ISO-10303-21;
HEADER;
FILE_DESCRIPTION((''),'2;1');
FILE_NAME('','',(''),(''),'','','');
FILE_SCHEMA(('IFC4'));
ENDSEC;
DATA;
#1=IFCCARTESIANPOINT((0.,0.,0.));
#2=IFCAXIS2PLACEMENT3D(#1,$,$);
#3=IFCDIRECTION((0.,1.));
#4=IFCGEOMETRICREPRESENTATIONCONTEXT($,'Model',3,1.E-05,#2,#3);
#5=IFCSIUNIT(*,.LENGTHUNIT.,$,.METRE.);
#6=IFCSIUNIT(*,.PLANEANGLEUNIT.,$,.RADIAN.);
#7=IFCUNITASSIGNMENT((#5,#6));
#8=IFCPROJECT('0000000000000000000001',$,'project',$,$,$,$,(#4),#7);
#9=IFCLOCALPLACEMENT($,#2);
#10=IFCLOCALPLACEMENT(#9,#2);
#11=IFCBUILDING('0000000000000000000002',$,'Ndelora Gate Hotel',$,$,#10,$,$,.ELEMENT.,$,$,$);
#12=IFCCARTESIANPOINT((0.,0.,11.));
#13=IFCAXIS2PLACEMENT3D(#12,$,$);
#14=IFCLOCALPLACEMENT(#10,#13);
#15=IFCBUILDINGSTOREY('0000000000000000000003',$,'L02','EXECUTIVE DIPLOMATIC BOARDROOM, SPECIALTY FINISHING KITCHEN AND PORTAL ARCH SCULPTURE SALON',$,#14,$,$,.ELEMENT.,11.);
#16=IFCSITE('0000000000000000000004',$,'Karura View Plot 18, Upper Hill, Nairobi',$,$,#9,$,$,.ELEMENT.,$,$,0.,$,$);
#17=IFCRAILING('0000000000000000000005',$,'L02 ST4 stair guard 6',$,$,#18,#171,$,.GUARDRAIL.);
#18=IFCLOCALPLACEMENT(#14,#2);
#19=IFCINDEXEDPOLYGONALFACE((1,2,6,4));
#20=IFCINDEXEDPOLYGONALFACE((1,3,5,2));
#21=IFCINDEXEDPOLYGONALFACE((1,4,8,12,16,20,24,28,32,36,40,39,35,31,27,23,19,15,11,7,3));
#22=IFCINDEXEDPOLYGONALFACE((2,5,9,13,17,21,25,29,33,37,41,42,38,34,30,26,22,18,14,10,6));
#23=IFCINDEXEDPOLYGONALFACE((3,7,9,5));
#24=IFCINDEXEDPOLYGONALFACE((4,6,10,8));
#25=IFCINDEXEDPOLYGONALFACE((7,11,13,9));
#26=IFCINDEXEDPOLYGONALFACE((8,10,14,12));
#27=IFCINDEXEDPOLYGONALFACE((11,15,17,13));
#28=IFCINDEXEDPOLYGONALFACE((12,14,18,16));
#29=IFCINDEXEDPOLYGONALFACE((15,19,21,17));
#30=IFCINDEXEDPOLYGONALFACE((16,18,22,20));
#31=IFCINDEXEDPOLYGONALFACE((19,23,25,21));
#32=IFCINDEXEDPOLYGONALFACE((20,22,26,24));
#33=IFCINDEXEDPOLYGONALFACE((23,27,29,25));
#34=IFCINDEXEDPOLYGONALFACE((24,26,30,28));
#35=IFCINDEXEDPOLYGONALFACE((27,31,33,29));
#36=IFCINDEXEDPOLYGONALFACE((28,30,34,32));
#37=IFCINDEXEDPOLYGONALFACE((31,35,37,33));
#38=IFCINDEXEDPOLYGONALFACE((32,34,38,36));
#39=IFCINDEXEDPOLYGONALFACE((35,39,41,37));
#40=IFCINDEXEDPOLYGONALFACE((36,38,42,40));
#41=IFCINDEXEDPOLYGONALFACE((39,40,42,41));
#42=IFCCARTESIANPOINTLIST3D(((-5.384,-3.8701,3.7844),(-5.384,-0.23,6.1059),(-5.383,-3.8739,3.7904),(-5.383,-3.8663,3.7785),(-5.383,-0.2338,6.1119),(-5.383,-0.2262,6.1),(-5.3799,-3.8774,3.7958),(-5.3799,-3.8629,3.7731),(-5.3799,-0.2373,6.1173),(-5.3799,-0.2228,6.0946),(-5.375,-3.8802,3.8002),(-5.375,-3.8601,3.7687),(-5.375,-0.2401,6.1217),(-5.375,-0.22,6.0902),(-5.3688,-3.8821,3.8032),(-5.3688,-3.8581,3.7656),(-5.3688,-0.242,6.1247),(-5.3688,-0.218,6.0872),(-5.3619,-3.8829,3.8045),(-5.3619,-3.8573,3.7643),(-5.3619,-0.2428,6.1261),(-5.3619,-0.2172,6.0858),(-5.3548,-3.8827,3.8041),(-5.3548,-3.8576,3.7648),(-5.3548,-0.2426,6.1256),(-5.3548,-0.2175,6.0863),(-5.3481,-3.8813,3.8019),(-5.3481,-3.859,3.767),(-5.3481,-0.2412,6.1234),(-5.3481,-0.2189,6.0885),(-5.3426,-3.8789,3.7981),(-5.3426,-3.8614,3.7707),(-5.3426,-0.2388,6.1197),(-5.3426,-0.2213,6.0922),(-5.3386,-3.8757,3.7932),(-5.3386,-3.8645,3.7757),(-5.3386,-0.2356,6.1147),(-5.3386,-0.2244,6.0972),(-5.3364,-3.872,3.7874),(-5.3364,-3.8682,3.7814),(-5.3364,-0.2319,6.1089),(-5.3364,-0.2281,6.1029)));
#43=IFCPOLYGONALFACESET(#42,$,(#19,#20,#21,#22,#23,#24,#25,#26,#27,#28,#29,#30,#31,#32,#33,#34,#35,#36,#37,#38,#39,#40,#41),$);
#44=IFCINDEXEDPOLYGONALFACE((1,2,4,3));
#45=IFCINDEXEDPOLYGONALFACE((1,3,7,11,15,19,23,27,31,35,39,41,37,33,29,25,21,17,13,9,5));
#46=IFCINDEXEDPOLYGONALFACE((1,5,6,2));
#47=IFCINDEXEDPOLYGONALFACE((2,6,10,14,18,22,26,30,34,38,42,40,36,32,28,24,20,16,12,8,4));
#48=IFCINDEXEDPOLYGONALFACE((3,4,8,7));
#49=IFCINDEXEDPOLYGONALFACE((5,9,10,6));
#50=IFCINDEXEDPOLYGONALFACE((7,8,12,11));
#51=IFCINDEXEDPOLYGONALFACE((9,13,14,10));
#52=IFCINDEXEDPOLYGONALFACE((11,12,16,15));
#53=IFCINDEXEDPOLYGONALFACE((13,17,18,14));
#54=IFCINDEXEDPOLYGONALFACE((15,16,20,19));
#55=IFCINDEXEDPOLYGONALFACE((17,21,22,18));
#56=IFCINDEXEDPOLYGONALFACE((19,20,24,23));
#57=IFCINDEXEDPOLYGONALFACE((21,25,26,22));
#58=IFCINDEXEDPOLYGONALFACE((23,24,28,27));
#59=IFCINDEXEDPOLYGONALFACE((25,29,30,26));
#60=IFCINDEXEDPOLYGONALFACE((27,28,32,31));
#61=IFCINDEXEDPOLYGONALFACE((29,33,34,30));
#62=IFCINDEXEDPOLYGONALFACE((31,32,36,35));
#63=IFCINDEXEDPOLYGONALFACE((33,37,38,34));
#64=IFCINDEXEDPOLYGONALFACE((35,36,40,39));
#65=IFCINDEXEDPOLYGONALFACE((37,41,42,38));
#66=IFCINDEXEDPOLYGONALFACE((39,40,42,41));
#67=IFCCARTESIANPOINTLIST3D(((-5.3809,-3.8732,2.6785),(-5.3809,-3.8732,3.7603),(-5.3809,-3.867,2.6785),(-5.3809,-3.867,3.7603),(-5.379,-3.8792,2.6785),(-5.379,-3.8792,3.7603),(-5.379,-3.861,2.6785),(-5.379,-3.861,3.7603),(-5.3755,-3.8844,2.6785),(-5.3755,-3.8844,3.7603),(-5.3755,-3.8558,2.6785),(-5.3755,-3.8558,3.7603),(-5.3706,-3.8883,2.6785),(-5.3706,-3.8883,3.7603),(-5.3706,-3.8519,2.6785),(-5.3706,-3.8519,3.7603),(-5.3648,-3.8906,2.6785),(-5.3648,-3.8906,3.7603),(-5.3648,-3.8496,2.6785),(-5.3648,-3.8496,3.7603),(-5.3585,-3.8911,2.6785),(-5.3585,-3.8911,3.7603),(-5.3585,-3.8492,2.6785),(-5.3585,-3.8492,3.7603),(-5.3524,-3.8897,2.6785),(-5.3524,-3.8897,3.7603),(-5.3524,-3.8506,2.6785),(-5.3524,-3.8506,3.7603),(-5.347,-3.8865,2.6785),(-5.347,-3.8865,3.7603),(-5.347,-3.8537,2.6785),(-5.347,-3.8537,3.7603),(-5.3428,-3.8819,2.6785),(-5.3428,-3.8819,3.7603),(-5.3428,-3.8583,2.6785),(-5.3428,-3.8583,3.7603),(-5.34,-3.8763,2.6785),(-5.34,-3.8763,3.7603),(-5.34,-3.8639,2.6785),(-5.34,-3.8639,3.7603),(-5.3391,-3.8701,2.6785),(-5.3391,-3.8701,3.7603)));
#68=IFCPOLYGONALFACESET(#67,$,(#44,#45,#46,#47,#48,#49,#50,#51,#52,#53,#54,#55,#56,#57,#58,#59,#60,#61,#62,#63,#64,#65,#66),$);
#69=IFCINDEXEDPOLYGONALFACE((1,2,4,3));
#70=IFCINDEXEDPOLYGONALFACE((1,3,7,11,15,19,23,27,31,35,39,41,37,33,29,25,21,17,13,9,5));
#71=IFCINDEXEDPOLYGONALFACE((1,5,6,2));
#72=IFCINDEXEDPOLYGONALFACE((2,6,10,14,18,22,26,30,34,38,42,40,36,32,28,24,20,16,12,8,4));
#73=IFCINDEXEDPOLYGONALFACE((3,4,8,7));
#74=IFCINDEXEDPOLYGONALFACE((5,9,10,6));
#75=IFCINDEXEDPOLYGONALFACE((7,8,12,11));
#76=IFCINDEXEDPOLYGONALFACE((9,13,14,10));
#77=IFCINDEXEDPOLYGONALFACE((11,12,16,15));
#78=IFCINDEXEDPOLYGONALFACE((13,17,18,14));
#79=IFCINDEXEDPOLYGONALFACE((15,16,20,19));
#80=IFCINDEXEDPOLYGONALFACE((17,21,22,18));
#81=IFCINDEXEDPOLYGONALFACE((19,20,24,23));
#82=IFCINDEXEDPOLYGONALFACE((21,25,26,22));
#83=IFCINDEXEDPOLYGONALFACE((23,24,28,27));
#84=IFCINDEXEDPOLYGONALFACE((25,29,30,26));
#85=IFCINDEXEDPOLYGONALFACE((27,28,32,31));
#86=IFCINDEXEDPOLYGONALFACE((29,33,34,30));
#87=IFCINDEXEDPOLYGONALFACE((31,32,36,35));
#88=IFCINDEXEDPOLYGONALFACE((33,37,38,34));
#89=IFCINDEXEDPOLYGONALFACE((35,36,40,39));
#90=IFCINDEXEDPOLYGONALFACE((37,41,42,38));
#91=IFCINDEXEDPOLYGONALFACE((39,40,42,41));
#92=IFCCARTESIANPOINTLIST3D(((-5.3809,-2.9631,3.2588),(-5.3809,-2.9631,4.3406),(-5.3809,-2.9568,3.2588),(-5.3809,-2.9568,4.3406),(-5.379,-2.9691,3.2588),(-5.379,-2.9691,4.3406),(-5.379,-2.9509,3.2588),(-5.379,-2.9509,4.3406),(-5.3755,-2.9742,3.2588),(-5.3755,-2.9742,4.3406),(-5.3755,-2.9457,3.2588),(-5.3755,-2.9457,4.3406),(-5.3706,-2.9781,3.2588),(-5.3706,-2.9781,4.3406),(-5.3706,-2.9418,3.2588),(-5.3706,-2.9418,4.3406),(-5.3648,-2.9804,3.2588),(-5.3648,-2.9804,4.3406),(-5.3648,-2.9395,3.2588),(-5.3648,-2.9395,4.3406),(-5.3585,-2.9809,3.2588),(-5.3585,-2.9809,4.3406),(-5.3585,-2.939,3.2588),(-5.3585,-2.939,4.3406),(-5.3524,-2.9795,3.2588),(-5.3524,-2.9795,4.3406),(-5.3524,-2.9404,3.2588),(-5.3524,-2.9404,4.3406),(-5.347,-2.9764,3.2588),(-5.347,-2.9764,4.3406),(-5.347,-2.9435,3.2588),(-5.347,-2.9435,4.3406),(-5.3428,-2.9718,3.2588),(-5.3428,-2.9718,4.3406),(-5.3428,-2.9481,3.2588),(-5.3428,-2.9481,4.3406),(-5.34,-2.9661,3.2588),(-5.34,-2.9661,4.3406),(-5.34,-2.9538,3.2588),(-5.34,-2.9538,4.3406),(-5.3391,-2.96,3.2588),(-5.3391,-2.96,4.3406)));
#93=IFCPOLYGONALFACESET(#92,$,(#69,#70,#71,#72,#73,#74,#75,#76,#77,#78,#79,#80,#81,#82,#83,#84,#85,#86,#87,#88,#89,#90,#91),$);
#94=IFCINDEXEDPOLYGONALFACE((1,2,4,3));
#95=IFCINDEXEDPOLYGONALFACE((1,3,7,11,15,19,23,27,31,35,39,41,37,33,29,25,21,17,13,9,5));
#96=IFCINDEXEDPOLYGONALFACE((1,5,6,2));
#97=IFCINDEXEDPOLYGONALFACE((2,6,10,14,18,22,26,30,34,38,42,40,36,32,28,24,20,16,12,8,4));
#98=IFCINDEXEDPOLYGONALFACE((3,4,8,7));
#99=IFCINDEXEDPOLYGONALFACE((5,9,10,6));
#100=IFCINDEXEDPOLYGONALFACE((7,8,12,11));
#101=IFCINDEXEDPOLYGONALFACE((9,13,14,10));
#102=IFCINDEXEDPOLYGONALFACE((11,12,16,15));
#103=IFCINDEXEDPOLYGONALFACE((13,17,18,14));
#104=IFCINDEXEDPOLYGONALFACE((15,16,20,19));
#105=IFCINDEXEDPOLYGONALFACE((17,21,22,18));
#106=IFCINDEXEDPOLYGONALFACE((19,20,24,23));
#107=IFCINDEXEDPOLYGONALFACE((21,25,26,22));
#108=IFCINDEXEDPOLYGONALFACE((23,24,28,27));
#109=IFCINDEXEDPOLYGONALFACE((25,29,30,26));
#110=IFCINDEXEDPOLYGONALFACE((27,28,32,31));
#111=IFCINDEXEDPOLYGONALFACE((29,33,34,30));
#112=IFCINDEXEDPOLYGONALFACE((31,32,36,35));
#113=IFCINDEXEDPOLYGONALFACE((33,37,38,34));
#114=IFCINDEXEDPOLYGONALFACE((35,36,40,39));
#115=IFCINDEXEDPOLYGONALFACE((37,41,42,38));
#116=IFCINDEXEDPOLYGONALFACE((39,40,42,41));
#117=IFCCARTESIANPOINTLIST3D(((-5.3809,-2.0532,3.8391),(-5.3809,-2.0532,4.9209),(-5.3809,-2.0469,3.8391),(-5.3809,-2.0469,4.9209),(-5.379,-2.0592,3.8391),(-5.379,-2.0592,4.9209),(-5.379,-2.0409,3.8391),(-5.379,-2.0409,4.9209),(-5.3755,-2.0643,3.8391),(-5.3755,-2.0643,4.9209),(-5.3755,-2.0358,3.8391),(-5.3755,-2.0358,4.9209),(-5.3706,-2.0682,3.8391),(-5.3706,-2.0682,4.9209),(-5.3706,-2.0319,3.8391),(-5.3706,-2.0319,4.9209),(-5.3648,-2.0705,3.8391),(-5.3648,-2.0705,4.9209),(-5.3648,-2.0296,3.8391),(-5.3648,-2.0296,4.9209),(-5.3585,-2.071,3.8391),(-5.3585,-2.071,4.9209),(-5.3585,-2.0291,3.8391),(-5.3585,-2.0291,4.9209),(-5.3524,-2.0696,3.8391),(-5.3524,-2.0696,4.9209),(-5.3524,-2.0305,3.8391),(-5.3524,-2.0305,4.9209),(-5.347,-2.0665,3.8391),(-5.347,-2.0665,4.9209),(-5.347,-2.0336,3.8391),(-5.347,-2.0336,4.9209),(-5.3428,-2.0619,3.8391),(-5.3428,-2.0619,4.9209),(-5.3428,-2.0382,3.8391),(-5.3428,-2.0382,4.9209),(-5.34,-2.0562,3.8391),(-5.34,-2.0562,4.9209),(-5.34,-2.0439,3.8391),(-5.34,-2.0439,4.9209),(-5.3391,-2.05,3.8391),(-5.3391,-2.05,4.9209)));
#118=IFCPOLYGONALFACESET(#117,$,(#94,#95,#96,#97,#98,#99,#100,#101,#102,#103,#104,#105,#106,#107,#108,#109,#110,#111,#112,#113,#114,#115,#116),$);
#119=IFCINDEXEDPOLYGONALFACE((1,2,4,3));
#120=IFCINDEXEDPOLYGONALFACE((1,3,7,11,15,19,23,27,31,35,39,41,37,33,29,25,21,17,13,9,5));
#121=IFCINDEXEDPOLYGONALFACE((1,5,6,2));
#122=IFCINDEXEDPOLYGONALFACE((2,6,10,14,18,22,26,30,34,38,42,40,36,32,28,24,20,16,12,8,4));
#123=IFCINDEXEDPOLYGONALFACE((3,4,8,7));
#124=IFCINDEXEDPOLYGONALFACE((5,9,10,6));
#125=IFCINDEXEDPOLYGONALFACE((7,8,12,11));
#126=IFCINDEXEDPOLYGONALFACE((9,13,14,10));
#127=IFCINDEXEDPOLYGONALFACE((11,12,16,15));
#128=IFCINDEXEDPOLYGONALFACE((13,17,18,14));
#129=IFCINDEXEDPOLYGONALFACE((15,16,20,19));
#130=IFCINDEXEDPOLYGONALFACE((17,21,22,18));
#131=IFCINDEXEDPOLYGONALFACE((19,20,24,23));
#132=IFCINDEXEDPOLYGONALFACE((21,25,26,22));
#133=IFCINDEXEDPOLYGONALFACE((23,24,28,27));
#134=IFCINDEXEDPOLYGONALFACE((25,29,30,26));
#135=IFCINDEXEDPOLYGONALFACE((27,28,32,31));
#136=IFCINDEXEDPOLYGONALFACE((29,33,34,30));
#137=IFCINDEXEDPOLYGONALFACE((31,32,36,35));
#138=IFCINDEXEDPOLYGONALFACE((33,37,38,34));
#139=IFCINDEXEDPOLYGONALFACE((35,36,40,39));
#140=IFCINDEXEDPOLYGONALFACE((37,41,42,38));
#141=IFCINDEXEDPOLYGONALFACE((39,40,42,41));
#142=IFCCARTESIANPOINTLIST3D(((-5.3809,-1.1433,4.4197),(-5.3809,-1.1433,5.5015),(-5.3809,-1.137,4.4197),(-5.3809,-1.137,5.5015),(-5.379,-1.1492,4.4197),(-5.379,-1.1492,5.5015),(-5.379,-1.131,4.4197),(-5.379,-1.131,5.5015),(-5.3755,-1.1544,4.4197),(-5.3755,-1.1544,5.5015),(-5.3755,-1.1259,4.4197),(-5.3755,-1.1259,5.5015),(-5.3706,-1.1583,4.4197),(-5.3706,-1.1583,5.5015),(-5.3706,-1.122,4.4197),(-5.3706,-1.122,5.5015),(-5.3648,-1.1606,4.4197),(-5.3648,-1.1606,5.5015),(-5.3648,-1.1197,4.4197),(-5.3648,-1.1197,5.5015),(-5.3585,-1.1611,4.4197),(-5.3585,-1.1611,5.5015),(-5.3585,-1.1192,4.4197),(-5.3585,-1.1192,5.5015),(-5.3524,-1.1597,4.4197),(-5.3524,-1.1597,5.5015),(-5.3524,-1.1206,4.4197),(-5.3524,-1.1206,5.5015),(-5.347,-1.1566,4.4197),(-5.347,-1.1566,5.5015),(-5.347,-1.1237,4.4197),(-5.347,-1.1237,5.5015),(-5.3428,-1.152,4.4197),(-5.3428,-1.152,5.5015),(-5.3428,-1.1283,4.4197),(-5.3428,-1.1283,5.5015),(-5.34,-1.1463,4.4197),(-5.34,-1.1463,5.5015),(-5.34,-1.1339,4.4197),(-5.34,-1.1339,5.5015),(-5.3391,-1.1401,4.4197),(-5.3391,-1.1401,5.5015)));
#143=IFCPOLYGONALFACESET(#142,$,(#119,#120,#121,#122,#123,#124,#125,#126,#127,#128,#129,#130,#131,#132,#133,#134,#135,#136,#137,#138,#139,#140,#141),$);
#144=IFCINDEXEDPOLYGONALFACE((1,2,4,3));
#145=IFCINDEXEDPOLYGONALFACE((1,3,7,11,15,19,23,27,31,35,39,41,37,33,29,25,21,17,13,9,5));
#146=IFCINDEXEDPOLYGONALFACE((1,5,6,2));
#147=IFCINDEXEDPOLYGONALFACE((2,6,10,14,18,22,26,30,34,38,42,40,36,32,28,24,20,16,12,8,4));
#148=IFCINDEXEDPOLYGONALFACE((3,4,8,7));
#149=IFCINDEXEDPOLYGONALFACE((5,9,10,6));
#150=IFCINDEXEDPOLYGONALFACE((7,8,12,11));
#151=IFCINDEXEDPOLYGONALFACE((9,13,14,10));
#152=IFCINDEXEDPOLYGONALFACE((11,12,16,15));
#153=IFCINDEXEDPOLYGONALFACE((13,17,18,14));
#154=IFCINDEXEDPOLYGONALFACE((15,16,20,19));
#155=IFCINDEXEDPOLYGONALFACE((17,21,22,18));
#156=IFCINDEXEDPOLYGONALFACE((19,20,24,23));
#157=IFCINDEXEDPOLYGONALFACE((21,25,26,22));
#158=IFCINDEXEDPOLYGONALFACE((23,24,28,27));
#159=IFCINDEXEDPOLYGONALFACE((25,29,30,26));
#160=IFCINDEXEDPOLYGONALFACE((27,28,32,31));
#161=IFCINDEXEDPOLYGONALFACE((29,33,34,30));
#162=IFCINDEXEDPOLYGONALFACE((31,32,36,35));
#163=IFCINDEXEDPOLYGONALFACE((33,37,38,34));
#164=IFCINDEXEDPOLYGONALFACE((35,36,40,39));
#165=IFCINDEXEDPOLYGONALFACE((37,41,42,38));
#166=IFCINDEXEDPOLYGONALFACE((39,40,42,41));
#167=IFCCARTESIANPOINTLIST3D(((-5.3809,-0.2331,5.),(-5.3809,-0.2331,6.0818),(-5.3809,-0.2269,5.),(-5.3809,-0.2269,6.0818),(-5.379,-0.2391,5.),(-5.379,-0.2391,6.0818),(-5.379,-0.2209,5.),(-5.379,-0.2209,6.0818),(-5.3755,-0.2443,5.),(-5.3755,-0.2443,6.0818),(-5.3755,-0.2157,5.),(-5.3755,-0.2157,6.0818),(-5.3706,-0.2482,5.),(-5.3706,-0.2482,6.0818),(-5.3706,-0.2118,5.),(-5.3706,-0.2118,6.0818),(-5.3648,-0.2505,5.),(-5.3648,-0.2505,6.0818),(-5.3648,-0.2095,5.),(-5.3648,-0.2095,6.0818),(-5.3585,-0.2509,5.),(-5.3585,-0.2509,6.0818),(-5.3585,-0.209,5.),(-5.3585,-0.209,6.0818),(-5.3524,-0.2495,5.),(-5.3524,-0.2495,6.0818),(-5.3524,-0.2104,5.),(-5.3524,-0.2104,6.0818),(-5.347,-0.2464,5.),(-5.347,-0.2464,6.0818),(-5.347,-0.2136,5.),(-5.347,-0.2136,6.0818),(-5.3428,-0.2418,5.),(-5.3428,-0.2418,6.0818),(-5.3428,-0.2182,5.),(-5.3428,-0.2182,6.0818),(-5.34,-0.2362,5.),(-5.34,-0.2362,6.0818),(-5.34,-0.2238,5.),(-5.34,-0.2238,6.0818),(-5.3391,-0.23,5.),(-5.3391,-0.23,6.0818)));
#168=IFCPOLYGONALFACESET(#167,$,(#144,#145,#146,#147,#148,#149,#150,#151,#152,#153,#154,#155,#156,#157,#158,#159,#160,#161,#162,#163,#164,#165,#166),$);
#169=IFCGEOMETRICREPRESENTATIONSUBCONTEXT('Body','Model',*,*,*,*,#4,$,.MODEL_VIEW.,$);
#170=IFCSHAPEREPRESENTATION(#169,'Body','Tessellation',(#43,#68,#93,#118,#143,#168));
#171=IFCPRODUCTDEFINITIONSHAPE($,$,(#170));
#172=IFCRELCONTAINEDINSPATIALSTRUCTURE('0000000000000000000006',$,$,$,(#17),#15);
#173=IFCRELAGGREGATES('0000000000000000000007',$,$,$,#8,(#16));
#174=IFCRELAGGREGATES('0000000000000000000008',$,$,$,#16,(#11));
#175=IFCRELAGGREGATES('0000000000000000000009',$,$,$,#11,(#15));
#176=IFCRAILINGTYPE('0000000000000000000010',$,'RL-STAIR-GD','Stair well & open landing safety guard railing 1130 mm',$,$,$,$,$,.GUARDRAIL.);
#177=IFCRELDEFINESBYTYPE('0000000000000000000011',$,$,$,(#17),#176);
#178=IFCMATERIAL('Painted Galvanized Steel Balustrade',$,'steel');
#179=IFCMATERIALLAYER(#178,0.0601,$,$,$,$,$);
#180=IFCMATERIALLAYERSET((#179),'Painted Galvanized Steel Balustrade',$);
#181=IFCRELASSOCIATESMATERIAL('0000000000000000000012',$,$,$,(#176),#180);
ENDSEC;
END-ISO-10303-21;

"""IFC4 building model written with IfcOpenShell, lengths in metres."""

from ifc_helpers import new_model, si_unit, direction, frame, origin, origin_2d, place, context, subcontext, project, spatial, circle, extrude, material, layer, layer_set, type_object, element, save


model = new_model("IFC4")

# Units and contexts
model_context = context("Model", 3, precision=1e-05, world=origin(), true_north=direction((0.0, 1.0)))
body_context = subcontext(model_context, "Body", "Model", "MODEL_VIEW")
ifc_project = project(units=[si_unit("LENGTHUNIT", "METRE"), si_unit("PLANEANGLEUNIT", "RADIAN")], contexts=[model_context])

# Site, building, storey
site_placement = place(None, origin())
site = spatial("IfcSite", under=ifc_project, at=site_placement, Name="Karura View Plot 18, Upper Hill, Nairobi", CompositionType="ELEMENT", RefElevation=0.0)
building_placement = place(site_placement, origin())
building = spatial("IfcBuilding", under=site, at=building_placement, Name="Ndelora Gate Hotel", CompositionType="ELEMENT")
storey_placement = place(building_placement, frame((0.0, 0.0, 11.0)))
storey = spatial("IfcBuildingStorey", under=building, at=storey_placement, Name="L02", Description="EXECUTIVE DIPLOMATIC BOARDROOM, SPECIALTY FINISHING KITCHEN AND PORTAL ARCH SCULPTURE SALON", CompositionType="ELEMENT", Elevation=11.0)

# Railing
ifc_material_1 = material(Name="Painted Galvanized Steel Balustrade", Category="steel")
ifc_layer_1 = layer(ifc_material_1, 0.0601)
ifc_layer_set_1 = layer_set([ifc_layer_1], Name="Painted Galvanized Steel Balustrade")
railing_type_1 = type_object("IfcRailingType", Name="RL-STAIR-GD", Description="Stair well & open landing safety guard railing 1130 mm", PredefinedType="GUARDRAIL", material=ifc_layer_set_1)
railing_1_placement = place(storey_placement, frame((-5.3601, -3.8701, 2.6785)))
element("IfcRailing", 1, at=railing_1_placement, inside=storey, type_object=railing_type_1, Name="L02 ST4 stair guard 6", PredefinedType="GUARDRAIL", context=body_context, shape_type="SweptSolid", body=[
    extrude(circle(Radius=0.0239, at=origin_2d()), frame((0.0, 0.0, 1.106), z_axis=(0.0, 0.843128, 0.537713), x_axis=(-1.0, 0.0, 0.0)), (0.0, 0.0, 1.0), 4.3174),
    extrude(circle(Radius=0.021, at=origin_2d()), origin(), (0.0, 0.0, 1.0), 1.0818),
    extrude(circle(Radius=0.021, at=origin_2d()), frame((0.0, 0.9102, 0.5803)), (0.0, 0.0, 1.0), 1.0818),
    extrude(circle(Radius=0.021, at=origin_2d()), frame((0.0, 1.8201, 1.1606)), (0.0, 0.0, 1.0), 1.0818),
    extrude(circle(Radius=0.021, at=origin_2d()), frame((0.0, 2.73, 1.7412)), (0.0, 0.0, 1.0), 1.0818),
    extrude(circle(Radius=0.021, at=origin_2d()), frame((0.0, 3.6401, 2.3215)), (0.0, 0.0, 1.0), 1.0818),
])

save(model, "model.ifc")
